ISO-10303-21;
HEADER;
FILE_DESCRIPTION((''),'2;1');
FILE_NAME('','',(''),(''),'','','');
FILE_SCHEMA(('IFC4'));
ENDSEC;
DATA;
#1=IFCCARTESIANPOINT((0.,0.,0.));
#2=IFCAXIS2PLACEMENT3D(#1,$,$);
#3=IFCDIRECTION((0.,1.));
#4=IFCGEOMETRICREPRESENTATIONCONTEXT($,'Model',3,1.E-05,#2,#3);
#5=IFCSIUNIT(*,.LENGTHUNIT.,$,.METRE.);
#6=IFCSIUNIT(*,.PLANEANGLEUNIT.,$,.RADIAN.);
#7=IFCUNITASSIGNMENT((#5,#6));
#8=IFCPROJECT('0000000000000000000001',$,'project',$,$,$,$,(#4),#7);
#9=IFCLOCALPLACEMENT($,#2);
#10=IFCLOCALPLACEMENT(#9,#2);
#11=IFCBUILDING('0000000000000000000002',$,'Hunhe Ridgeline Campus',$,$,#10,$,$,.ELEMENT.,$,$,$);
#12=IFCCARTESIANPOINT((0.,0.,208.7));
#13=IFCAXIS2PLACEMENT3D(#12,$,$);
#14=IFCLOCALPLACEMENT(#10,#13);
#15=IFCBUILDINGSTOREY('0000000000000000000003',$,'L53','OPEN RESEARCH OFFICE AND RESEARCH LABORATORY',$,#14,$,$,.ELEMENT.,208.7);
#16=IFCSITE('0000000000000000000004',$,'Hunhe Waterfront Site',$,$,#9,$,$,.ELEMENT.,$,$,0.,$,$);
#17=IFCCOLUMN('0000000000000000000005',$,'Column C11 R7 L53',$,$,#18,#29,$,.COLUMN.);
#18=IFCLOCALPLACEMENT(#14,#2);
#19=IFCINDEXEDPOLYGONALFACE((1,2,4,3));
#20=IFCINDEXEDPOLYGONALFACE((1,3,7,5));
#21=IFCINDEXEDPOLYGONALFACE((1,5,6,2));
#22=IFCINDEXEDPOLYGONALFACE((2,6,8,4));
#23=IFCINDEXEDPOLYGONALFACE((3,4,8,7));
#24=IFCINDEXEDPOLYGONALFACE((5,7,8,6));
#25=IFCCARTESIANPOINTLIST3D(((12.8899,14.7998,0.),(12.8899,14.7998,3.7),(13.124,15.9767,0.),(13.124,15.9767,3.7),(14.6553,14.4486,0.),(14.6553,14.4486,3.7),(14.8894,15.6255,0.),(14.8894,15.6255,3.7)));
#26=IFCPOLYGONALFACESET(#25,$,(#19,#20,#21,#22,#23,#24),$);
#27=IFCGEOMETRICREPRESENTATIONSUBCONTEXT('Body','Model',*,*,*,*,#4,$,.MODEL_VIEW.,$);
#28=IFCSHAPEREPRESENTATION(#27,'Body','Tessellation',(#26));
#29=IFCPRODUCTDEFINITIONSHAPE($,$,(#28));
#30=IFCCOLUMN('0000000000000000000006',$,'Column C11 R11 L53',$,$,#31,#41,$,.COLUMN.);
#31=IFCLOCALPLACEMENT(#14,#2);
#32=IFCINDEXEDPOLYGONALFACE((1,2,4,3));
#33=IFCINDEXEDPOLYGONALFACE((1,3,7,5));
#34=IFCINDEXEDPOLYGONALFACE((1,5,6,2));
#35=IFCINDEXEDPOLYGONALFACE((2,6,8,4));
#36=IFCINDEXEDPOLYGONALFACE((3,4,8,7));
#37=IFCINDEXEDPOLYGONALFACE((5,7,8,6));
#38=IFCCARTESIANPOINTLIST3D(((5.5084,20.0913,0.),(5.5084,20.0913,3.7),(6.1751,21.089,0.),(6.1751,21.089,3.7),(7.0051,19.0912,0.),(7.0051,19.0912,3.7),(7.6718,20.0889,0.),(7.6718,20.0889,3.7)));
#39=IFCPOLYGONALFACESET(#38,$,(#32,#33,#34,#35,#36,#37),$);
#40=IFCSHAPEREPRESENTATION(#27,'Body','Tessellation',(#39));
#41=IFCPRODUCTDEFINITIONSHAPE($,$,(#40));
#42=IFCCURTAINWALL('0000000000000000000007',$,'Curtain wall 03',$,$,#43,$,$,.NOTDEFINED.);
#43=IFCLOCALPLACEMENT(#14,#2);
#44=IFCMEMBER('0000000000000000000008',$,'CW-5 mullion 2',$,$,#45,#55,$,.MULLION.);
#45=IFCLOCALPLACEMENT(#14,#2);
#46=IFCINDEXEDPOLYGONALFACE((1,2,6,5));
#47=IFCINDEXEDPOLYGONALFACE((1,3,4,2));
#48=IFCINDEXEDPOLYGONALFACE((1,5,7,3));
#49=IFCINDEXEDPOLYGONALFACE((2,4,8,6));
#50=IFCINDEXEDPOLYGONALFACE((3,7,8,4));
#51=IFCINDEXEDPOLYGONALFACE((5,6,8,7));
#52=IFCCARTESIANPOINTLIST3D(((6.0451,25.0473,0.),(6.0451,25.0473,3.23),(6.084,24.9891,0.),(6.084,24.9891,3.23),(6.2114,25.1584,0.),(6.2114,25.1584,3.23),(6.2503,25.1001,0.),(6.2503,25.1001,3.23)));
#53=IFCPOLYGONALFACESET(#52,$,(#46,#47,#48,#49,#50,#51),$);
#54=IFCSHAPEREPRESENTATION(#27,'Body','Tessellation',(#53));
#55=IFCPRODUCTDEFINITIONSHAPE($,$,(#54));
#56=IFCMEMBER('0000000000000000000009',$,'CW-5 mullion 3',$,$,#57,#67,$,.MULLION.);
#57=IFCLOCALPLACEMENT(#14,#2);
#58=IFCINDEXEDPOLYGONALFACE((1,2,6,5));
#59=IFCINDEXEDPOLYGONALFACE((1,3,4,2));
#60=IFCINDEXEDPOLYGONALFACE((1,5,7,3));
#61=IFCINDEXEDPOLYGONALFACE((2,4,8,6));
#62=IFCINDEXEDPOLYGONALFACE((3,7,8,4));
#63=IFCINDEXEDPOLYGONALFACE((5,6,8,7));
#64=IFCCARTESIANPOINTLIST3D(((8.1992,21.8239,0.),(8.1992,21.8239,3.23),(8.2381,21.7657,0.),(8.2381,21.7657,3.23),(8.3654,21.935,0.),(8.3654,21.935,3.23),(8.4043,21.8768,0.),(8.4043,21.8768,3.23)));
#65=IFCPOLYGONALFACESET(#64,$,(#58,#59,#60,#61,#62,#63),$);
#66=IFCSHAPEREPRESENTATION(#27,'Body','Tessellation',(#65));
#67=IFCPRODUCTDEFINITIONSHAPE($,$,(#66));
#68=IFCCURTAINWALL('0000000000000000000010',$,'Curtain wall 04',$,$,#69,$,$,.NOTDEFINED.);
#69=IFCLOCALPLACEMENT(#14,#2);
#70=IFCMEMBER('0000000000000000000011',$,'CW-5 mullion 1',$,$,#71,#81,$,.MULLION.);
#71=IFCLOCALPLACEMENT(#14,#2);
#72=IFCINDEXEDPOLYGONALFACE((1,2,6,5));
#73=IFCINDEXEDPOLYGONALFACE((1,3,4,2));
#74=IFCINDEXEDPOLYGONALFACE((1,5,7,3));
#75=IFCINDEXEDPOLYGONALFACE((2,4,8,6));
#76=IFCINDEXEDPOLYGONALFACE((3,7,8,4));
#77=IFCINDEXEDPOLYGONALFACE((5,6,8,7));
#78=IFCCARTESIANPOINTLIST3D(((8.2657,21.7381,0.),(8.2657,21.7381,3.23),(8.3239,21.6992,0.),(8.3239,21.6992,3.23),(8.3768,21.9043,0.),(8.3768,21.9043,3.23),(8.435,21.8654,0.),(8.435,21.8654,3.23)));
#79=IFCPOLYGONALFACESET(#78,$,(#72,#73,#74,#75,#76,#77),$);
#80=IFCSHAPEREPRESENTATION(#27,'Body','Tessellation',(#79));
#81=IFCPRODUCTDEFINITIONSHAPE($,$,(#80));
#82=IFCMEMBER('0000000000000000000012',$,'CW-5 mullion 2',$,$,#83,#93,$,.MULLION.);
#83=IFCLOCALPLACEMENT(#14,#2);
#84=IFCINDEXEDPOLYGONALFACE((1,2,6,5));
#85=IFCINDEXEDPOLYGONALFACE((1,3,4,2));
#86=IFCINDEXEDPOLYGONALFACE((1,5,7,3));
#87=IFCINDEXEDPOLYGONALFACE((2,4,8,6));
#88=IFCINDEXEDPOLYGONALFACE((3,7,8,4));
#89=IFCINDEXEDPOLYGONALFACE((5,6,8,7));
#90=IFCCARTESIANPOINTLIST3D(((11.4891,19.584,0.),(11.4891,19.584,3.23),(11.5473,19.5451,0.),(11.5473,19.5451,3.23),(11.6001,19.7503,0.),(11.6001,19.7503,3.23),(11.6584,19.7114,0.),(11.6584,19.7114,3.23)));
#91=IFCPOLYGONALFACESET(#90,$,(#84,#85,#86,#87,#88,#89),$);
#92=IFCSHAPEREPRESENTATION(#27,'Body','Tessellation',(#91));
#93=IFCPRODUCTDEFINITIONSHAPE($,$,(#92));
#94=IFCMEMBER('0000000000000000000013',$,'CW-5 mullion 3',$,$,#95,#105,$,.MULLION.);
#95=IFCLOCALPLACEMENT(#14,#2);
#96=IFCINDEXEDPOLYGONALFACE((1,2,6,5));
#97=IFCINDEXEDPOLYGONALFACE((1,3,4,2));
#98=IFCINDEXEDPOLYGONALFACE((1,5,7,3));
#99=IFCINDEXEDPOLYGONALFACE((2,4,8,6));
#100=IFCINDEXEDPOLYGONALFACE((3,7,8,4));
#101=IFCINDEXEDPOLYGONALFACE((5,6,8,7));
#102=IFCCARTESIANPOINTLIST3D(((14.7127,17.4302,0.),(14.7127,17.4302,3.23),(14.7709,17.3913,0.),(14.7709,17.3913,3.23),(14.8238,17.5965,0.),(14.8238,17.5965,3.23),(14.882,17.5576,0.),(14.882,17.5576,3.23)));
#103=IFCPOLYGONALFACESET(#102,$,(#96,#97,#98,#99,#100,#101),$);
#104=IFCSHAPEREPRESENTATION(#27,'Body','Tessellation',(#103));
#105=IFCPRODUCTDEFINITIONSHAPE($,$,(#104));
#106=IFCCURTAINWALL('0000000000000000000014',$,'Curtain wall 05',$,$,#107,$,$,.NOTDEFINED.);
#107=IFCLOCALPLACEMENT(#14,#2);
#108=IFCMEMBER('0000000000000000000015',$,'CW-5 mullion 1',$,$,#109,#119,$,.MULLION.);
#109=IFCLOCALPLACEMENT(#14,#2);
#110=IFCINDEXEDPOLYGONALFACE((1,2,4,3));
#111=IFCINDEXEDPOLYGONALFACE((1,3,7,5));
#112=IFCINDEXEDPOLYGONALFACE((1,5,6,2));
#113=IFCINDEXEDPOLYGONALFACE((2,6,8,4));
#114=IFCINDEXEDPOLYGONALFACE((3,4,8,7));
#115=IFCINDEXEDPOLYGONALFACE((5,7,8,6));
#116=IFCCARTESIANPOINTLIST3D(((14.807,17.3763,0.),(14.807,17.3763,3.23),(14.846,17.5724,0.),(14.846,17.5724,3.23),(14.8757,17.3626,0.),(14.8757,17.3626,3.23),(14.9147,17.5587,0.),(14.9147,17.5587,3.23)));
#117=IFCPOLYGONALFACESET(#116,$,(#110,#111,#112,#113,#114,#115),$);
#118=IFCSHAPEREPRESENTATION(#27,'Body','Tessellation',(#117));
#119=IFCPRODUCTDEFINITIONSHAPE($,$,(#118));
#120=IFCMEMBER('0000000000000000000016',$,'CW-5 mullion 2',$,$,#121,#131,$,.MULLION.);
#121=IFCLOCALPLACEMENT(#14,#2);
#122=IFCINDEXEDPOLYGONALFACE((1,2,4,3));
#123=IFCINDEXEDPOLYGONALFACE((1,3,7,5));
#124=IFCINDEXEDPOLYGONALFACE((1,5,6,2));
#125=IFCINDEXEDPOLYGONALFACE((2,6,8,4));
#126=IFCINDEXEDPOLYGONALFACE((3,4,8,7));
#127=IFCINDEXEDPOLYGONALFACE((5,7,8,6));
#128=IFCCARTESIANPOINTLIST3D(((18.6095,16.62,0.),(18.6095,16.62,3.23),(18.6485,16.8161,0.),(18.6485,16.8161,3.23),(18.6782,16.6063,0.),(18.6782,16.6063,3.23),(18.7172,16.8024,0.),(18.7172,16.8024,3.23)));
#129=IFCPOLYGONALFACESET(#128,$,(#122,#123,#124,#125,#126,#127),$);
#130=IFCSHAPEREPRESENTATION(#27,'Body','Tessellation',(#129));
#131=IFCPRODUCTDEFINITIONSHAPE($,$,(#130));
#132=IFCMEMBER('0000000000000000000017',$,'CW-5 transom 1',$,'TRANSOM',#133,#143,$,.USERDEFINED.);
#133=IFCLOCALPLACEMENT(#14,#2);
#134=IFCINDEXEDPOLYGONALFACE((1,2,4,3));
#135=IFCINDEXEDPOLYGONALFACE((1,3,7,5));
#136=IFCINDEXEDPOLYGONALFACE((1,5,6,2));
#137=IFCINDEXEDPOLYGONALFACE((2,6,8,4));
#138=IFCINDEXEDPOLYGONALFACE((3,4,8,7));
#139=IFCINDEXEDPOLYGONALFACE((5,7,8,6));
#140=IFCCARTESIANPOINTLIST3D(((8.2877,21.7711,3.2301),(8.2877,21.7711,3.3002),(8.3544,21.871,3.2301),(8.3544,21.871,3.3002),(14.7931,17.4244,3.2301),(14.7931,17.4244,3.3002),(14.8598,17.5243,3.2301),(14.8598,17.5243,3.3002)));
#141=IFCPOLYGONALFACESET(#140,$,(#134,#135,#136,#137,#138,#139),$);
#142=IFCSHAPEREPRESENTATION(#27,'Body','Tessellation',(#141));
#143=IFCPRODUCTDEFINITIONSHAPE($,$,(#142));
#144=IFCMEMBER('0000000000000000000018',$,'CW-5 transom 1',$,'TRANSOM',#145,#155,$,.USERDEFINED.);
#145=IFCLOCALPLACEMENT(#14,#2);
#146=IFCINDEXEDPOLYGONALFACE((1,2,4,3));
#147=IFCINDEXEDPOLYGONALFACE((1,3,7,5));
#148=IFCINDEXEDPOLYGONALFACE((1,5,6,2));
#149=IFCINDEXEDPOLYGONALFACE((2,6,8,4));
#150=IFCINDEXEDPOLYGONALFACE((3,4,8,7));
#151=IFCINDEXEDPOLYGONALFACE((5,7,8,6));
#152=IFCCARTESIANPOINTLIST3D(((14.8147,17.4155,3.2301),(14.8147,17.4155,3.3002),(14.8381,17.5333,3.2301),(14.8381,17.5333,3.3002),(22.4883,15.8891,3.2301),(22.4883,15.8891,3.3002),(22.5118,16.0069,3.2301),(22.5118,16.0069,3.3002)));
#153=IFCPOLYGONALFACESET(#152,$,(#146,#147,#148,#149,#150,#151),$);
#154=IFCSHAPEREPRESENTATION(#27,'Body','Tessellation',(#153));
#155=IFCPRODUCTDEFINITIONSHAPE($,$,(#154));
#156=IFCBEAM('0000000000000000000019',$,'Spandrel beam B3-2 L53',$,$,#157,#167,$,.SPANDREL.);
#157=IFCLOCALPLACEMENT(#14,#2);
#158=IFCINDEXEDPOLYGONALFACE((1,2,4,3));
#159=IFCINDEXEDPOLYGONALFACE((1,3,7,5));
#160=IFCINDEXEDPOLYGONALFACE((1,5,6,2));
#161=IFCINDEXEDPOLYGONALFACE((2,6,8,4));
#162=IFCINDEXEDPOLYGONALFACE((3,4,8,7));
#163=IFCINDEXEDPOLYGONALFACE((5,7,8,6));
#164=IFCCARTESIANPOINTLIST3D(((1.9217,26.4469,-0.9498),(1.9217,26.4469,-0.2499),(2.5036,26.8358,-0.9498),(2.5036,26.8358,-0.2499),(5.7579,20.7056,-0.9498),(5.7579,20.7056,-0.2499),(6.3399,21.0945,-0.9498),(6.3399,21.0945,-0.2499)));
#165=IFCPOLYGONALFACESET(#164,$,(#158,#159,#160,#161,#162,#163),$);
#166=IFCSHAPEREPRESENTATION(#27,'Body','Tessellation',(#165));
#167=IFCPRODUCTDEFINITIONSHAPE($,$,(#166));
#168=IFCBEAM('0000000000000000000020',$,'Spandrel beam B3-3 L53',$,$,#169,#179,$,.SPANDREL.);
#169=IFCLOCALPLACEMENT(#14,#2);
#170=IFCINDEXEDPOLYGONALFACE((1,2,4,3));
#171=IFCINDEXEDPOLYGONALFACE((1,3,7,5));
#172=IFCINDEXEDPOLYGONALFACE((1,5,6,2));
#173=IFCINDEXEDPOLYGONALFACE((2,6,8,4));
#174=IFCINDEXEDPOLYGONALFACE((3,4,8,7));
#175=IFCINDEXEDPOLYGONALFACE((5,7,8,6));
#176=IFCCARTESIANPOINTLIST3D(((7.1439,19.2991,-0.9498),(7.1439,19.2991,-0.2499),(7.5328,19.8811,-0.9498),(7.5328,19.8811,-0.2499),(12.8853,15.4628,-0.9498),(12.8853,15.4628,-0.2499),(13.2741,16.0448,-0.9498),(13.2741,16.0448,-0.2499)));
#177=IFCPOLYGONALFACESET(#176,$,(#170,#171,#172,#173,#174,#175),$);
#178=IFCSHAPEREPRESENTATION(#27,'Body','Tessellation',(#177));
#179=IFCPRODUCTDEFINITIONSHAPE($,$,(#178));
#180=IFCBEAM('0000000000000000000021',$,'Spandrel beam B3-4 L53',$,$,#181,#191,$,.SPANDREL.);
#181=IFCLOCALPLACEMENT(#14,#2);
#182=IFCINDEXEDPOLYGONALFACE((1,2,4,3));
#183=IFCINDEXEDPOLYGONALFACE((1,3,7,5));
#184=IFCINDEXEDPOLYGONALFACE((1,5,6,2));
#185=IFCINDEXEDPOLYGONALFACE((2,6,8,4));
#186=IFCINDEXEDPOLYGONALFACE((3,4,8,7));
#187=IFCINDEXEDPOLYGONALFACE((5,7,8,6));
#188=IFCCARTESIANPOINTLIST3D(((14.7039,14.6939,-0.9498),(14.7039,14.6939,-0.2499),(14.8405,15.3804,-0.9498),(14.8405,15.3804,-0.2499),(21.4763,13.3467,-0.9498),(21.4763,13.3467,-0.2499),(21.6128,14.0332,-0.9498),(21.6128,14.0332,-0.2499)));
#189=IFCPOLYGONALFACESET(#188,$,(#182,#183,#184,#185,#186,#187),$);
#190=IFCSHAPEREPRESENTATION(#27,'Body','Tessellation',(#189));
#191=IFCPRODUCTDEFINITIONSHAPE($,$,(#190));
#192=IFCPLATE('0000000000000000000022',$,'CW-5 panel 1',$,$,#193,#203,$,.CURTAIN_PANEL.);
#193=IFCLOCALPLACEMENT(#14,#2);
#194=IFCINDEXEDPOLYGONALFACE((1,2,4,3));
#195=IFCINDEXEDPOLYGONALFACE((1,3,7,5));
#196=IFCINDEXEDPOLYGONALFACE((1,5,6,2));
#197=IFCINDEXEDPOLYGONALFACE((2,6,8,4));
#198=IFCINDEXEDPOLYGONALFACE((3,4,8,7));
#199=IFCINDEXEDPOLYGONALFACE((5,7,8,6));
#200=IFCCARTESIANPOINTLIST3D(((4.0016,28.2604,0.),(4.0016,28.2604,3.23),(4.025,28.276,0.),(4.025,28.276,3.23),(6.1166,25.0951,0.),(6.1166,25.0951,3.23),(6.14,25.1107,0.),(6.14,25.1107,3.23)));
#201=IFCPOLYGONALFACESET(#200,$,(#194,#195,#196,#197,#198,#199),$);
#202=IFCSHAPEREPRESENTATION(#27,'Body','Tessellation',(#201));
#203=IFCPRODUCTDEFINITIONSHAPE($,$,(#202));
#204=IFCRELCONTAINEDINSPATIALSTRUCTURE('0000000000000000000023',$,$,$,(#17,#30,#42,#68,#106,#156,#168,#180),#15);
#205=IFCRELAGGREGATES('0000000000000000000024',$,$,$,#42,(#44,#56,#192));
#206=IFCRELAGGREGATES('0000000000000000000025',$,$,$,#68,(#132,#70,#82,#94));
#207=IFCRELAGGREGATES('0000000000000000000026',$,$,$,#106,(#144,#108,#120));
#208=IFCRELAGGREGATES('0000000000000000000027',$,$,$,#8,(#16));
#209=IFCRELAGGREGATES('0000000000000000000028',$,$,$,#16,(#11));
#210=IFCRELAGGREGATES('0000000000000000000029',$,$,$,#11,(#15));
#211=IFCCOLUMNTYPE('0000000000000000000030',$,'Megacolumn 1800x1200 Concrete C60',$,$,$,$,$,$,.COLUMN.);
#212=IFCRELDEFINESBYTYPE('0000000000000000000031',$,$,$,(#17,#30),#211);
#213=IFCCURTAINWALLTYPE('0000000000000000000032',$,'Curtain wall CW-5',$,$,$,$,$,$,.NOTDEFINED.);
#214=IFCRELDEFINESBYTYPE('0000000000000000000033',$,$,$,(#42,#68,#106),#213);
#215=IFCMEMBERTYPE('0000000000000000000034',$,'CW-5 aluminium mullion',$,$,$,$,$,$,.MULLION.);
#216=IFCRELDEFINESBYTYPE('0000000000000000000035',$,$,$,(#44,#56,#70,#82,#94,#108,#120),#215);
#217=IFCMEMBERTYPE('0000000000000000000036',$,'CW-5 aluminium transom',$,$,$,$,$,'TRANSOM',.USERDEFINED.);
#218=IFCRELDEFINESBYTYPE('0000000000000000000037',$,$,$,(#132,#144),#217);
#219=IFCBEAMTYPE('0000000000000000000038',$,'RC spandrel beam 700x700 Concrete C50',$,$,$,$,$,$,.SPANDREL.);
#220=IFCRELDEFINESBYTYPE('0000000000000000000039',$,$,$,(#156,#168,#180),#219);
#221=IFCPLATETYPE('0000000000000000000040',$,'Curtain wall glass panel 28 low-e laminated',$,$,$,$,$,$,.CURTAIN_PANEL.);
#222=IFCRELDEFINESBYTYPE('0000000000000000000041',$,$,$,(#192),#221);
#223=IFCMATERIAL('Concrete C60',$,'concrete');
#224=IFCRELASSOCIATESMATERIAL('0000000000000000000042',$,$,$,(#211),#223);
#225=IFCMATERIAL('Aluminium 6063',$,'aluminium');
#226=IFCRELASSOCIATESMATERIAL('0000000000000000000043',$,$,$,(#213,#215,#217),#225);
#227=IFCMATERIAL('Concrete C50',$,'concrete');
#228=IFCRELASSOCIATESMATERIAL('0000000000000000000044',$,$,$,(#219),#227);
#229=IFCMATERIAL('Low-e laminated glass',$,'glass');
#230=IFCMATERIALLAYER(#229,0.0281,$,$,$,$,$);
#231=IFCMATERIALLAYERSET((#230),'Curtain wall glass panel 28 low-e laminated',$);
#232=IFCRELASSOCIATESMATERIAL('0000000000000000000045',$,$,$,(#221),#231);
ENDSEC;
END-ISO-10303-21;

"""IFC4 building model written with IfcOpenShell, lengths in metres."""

from ifc_helpers import new_model, si_unit, direction, frame, origin, origin_2d, place, context, subcontext, project, spatial, rectangle, extrude, material, layer, layer_set, material_profile, profile_set, type_object, element, aggregate, save


model = new_model("IFC4")

# Units and contexts
model_context = context("Model", 3, precision=1e-05, world=origin(), true_north=direction((0.0, 1.0)))
body_context = subcontext(model_context, "Body", "Model", "MODEL_VIEW")
ifc_project = project(units=[si_unit("LENGTHUNIT", "METRE"), si_unit("PLANEANGLEUNIT", "RADIAN")], contexts=[model_context])

# Site, building, storey
site_placement = place(None, origin())
site = spatial("IfcSite", under=ifc_project, at=site_placement, Name="Hunhe Waterfront Site", CompositionType="ELEMENT", RefElevation=0.0)
building_placement = place(site_placement, origin())
building = spatial("IfcBuilding", under=site, at=building_placement, Name="Hunhe Ridgeline Campus", CompositionType="ELEMENT")
storey_placement = place(building_placement, frame((0.0, 0.0, 208.7)))
storey = spatial("IfcBuildingStorey", under=building, at=storey_placement, Name="L53", Description="OPEN RESEARCH OFFICE AND RESEARCH LABORATORY", CompositionType="ELEMENT", Elevation=208.7)

# Columns
ifc_material_1 = material(Name="Concrete C60", Category="concrete")
ifc_material_profile_1 = material_profile(ifc_material_1, rectangle(XDim=1.8, YDim=1.2, at=origin_2d()))
ifc_profile_set_1 = profile_set([ifc_material_profile_1], Name="Concrete C60")
column_type = type_object("IfcColumnType", Name="Megacolumn 1800x1200 Concrete C60", PredefinedType="COLUMN", material=ifc_profile_set_1)
for number, where, z_axis, x_axis, name in (
    (1, (13.8896, 15.2126, 0.0), (0.0, 0.0, 1.0), (-0.980785, 0.19509, 0.0), "Column C11 R7 L53"),
    (2, (6.5901, 20.0901, 0.0), (0.0, 0.0, 1.0), (-0.83147, 0.55557, 0.0), "Column C11 R11 L53"),
):
    element("IfcColumn", number, at=place(storey_placement, frame(where, z_axis=z_axis, x_axis=x_axis)), inside=storey, type_object=column_type, Name=name, PredefinedType="COLUMN", context=body_context, shape_type="SweptSolid", body=[
        extrude(rectangle(XDim=1.8, YDim=1.2, at=origin_2d()), origin(), (0.0, 0.0, 1.0), 3.7),
    ])

# Curtain walls, members
ifc_material_2 = material(Name="Aluminium 6063", Category="aluminium")
curtain_wall_type = type_object("IfcCurtainWallType", Name="Curtain wall CW-5", PredefinedType="NOTDEFINED", material=ifc_material_2)
curtain_wall_1_placement = place(storey_placement, origin())
curtain_wall_1 = element("IfcCurtainWall", 3, at=curtain_wall_1_placement, inside=storey, type_object=curtain_wall_type, Name="Curtain wall 03", PredefinedType="NOTDEFINED")
ifc_material_profile_2 = material_profile(ifc_material_2, rectangle(XDim=0.2, YDim=0.0701, at=origin_2d()))
ifc_profile_set_2 = profile_set([ifc_material_profile_2], Name="Aluminium 6063")
member_type_1 = type_object("IfcMemberType", Name="CW-5 aluminium mullion", PredefinedType="MULLION", material=ifc_profile_set_2)
member_1_placement = place(storey_placement, frame((6.1477, 25.0737, 0.0), z_axis=(0.0, 0.0, 1.0), x_axis=(0.83147, 0.55557, 0.0)))
member_1 = element("IfcMember", 4, at=member_1_placement, type_object=member_type_1, Name="CW-5 mullion 2", PredefinedType="MULLION", context=body_context, shape_type="SweptSolid", body=[
    extrude(rectangle(XDim=0.2, YDim=0.0701, at=origin_2d()), origin(), (0.0, 0.0, 1.0), 3.23),
])
member_2_placement = place(storey_placement, frame((8.3018, 21.8503, 0.0), z_axis=(0.0, 0.0, 1.0), x_axis=(0.83147, 0.55557, 0.0)))
member_2 = element("IfcMember", 5, at=member_2_placement, type_object=member_type_1, Name="CW-5 mullion 3", PredefinedType="MULLION", context=body_context, shape_type="SweptSolid", body=[
    extrude(rectangle(XDim=0.2, YDim=0.0701, at=origin_2d()), origin(), (0.0, 0.0, 1.0), 3.23),
])
curtain_wall_2_placement = place(storey_placement, origin())
curtain_wall_2 = element("IfcCurtainWall", 6, at=curtain_wall_2_placement, inside=storey, type_object=curtain_wall_type, Name="Curtain wall 04", PredefinedType="NOTDEFINED")
member_3_placement = place(storey_placement, frame((8.3503, 21.8018, 0.0), z_axis=(0.0, 0.0, 1.0), x_axis=(0.55557, 0.83147, 0.0)))
member_3 = element("IfcMember", 7, at=member_3_placement, type_object=member_type_1, Name="CW-5 mullion 1", PredefinedType="MULLION", context=body_context, shape_type="SweptSolid", body=[
    extrude(rectangle(XDim=0.2, YDim=0.0701, at=origin_2d()), origin(), (0.0, 0.0, 1.0), 3.23),
])
member_4_placement = place(storey_placement, frame((11.5737, 19.6477, 0.0), z_axis=(0.0, 0.0, 1.0), x_axis=(0.55557, 0.83147, 0.0)))
member_4 = element("IfcMember", 8, at=member_4_placement, type_object=member_type_1, Name="CW-5 mullion 2", PredefinedType="MULLION", context=body_context, shape_type="SweptSolid", body=[
    extrude(rectangle(XDim=0.2, YDim=0.0701, at=origin_2d()), origin(), (0.0, 0.0, 1.0), 3.23),
])
member_5_placement = place(storey_placement, frame((14.7974, 17.4939, 0.0), z_axis=(0.0, 0.0, 1.0), x_axis=(0.55557, 0.83147, 0.0)))
member_5 = element("IfcMember", 9, at=member_5_placement, type_object=member_type_1, Name="CW-5 mullion 3", PredefinedType="MULLION", context=body_context, shape_type="SweptSolid", body=[
    extrude(rectangle(XDim=0.2, YDim=0.0701, at=origin_2d()), origin(), (0.0, 0.0, 1.0), 3.23),
])
curtain_wall_3_placement = place(storey_placement, origin())
curtain_wall_3 = element("IfcCurtainWall", 10, at=curtain_wall_3_placement, inside=storey, type_object=curtain_wall_type, Name="Curtain wall 05", PredefinedType="NOTDEFINED")
member_6_placement = place(storey_placement, frame((14.8608, 17.4675, 0.0), z_axis=(0.0, 0.0, 1.0), x_axis=(0.19509, 0.980785, 0.0)))
member_6 = element("IfcMember", 11, at=member_6_placement, type_object=member_type_1, Name="CW-5 mullion 1", PredefinedType="MULLION", context=body_context, shape_type="SweptSolid", body=[
    extrude(rectangle(XDim=0.2, YDim=0.0701, at=origin_2d()), origin(), (0.0, 0.0, 1.0), 3.23),
])
member_7_placement = place(storey_placement, frame((18.6633, 16.7112, 0.0), z_axis=(0.0, 0.0, 1.0), x_axis=(0.19509, 0.980785, 0.0)))
member_7 = element("IfcMember", 12, at=member_7_placement, type_object=member_type_1, Name="CW-5 mullion 2", PredefinedType="MULLION", context=body_context, shape_type="SweptSolid", body=[
    extrude(rectangle(XDim=0.2, YDim=0.0701, at=origin_2d()), origin(), (0.0, 0.0, 1.0), 3.23),
])

# Members
ifc_material_profile_3 = material_profile(ifc_material_2, rectangle(XDim=0.1201, YDim=0.0701, at=origin_2d()))
ifc_profile_set_3 = profile_set([ifc_material_profile_3], Name="Aluminium 6063")
member_type_2 = type_object("IfcMemberType", Name="CW-5 aluminium transom", ElementType="TRANSOM", PredefinedType="USERDEFINED", material=ifc_profile_set_3)
member_8_placement = place(storey_placement, frame((8.321, 21.821, 3.2651), z_axis=(0.831474, -0.555564, 0.0), x_axis=(0.555564, 0.831474, 0.0)))
member_8 = element("IfcMember", 13, at=member_8_placement, type_object=member_type_2, Name="CW-5 transom 1", ObjectType="TRANSOM", PredefinedType="USERDEFINED", context=body_context, shape_type="SweptSolid", body=[
    extrude(rectangle(XDim=0.1201, YDim=0.0701, at=origin_2d()), origin(), (0.0, 0.0, 1.0), 7.824),
])
member_9_placement = place(storey_placement, frame((14.8264, 17.4744, 3.2651), z_axis=(0.980785, -0.19509, 0.0), x_axis=(0.19509, 0.980785, 0.0)))
member_9 = element("IfcMember", 14, at=member_9_placement, type_object=member_type_2, Name="CW-5 transom 1", ObjectType="TRANSOM", PredefinedType="USERDEFINED", context=body_context, shape_type="SweptSolid", body=[
    extrude(rectangle(XDim=0.1201, YDim=0.0701, at=origin_2d()), origin(), (0.0, 0.0, 1.0), 7.824),
])

# Beams
ifc_material_3 = material(Name="Concrete C50", Category="concrete")
ifc_material_profile_4 = material_profile(ifc_material_3, rectangle(XDim=0.7, YDim=0.7, at=origin_2d()))
ifc_profile_set_4 = profile_set([ifc_material_profile_4], Name="Concrete C50")
beam_type = type_object("IfcBeamType", Name="RC spandrel beam 700x700 Concrete C50", PredefinedType="SPANDREL", material=ifc_profile_set_4)
for number, where, z_axis, x_axis, name in (
    (15, (2.2126, 26.6414, -0.5999), (0.555573, -0.831468, 0.0), (0.831468, 0.555573, 0.0), "Spandrel beam B3-2 L53"),
    (16, (7.3384, 19.5901, -0.5999), (0.831468, -0.555573, 0.0), (0.555573, 0.831468, 0.0), "Spandrel beam B3-3 L53"),
    (17, (14.7722, 15.0371, -0.5999), (0.980784, -0.195096, 0.0), (0.195096, 0.980784, 0.0), "Spandrel beam B3-4 L53"),
):
    element("IfcBeam", number, at=place(storey_placement, frame(where, z_axis=z_axis, x_axis=x_axis)), inside=storey, type_object=beam_type, Name=name, PredefinedType="SPANDREL", context=body_context, shape_type="SweptSolid", body=[
        extrude(rectangle(XDim=0.7, YDim=0.7, at=origin_2d()), origin(), (0.0, 0.0, 1.0), 6.905),
    ])

# Plate
ifc_material_4 = material(Name="Low-e laminated glass", Category="glass")
ifc_layer_1 = layer(ifc_material_4, 0.0281)
ifc_layer_set_1 = layer_set([ifc_layer_1], Name="Curtain wall glass panel 28 low-e laminated")
plate_type = type_object("IfcPlateType", Name="Curtain wall glass panel 28 low-e laminated", PredefinedType="CURTAIN_PANEL", material=ifc_layer_set_1)
plate_1_placement = place(storey_placement, frame((5.0708, 26.6855, 0.0), z_axis=(0.0, 0.0, 1.0), x_axis=(0.55557, -0.83147, 0.0)))
plate_1 = element("IfcPlate", 18, at=plate_1_placement, type_object=plate_type, Name="CW-5 panel 1", PredefinedType="CURTAIN_PANEL", context=body_context, shape_type="SweptSolid", body=[
    extrude(rectangle(XDim=3.8069, YDim=0.0281, at=origin_2d()), origin(), (0.0, 0.0, 1.0), 3.23),
])
aggregate(curtain_wall_1, [member_1, member_2, plate_1])
aggregate(curtain_wall_2, [member_8, member_3, member_4, member_5])
aggregate(curtain_wall_3, [member_9, member_6, member_7])

save(model, "model.ifc")
